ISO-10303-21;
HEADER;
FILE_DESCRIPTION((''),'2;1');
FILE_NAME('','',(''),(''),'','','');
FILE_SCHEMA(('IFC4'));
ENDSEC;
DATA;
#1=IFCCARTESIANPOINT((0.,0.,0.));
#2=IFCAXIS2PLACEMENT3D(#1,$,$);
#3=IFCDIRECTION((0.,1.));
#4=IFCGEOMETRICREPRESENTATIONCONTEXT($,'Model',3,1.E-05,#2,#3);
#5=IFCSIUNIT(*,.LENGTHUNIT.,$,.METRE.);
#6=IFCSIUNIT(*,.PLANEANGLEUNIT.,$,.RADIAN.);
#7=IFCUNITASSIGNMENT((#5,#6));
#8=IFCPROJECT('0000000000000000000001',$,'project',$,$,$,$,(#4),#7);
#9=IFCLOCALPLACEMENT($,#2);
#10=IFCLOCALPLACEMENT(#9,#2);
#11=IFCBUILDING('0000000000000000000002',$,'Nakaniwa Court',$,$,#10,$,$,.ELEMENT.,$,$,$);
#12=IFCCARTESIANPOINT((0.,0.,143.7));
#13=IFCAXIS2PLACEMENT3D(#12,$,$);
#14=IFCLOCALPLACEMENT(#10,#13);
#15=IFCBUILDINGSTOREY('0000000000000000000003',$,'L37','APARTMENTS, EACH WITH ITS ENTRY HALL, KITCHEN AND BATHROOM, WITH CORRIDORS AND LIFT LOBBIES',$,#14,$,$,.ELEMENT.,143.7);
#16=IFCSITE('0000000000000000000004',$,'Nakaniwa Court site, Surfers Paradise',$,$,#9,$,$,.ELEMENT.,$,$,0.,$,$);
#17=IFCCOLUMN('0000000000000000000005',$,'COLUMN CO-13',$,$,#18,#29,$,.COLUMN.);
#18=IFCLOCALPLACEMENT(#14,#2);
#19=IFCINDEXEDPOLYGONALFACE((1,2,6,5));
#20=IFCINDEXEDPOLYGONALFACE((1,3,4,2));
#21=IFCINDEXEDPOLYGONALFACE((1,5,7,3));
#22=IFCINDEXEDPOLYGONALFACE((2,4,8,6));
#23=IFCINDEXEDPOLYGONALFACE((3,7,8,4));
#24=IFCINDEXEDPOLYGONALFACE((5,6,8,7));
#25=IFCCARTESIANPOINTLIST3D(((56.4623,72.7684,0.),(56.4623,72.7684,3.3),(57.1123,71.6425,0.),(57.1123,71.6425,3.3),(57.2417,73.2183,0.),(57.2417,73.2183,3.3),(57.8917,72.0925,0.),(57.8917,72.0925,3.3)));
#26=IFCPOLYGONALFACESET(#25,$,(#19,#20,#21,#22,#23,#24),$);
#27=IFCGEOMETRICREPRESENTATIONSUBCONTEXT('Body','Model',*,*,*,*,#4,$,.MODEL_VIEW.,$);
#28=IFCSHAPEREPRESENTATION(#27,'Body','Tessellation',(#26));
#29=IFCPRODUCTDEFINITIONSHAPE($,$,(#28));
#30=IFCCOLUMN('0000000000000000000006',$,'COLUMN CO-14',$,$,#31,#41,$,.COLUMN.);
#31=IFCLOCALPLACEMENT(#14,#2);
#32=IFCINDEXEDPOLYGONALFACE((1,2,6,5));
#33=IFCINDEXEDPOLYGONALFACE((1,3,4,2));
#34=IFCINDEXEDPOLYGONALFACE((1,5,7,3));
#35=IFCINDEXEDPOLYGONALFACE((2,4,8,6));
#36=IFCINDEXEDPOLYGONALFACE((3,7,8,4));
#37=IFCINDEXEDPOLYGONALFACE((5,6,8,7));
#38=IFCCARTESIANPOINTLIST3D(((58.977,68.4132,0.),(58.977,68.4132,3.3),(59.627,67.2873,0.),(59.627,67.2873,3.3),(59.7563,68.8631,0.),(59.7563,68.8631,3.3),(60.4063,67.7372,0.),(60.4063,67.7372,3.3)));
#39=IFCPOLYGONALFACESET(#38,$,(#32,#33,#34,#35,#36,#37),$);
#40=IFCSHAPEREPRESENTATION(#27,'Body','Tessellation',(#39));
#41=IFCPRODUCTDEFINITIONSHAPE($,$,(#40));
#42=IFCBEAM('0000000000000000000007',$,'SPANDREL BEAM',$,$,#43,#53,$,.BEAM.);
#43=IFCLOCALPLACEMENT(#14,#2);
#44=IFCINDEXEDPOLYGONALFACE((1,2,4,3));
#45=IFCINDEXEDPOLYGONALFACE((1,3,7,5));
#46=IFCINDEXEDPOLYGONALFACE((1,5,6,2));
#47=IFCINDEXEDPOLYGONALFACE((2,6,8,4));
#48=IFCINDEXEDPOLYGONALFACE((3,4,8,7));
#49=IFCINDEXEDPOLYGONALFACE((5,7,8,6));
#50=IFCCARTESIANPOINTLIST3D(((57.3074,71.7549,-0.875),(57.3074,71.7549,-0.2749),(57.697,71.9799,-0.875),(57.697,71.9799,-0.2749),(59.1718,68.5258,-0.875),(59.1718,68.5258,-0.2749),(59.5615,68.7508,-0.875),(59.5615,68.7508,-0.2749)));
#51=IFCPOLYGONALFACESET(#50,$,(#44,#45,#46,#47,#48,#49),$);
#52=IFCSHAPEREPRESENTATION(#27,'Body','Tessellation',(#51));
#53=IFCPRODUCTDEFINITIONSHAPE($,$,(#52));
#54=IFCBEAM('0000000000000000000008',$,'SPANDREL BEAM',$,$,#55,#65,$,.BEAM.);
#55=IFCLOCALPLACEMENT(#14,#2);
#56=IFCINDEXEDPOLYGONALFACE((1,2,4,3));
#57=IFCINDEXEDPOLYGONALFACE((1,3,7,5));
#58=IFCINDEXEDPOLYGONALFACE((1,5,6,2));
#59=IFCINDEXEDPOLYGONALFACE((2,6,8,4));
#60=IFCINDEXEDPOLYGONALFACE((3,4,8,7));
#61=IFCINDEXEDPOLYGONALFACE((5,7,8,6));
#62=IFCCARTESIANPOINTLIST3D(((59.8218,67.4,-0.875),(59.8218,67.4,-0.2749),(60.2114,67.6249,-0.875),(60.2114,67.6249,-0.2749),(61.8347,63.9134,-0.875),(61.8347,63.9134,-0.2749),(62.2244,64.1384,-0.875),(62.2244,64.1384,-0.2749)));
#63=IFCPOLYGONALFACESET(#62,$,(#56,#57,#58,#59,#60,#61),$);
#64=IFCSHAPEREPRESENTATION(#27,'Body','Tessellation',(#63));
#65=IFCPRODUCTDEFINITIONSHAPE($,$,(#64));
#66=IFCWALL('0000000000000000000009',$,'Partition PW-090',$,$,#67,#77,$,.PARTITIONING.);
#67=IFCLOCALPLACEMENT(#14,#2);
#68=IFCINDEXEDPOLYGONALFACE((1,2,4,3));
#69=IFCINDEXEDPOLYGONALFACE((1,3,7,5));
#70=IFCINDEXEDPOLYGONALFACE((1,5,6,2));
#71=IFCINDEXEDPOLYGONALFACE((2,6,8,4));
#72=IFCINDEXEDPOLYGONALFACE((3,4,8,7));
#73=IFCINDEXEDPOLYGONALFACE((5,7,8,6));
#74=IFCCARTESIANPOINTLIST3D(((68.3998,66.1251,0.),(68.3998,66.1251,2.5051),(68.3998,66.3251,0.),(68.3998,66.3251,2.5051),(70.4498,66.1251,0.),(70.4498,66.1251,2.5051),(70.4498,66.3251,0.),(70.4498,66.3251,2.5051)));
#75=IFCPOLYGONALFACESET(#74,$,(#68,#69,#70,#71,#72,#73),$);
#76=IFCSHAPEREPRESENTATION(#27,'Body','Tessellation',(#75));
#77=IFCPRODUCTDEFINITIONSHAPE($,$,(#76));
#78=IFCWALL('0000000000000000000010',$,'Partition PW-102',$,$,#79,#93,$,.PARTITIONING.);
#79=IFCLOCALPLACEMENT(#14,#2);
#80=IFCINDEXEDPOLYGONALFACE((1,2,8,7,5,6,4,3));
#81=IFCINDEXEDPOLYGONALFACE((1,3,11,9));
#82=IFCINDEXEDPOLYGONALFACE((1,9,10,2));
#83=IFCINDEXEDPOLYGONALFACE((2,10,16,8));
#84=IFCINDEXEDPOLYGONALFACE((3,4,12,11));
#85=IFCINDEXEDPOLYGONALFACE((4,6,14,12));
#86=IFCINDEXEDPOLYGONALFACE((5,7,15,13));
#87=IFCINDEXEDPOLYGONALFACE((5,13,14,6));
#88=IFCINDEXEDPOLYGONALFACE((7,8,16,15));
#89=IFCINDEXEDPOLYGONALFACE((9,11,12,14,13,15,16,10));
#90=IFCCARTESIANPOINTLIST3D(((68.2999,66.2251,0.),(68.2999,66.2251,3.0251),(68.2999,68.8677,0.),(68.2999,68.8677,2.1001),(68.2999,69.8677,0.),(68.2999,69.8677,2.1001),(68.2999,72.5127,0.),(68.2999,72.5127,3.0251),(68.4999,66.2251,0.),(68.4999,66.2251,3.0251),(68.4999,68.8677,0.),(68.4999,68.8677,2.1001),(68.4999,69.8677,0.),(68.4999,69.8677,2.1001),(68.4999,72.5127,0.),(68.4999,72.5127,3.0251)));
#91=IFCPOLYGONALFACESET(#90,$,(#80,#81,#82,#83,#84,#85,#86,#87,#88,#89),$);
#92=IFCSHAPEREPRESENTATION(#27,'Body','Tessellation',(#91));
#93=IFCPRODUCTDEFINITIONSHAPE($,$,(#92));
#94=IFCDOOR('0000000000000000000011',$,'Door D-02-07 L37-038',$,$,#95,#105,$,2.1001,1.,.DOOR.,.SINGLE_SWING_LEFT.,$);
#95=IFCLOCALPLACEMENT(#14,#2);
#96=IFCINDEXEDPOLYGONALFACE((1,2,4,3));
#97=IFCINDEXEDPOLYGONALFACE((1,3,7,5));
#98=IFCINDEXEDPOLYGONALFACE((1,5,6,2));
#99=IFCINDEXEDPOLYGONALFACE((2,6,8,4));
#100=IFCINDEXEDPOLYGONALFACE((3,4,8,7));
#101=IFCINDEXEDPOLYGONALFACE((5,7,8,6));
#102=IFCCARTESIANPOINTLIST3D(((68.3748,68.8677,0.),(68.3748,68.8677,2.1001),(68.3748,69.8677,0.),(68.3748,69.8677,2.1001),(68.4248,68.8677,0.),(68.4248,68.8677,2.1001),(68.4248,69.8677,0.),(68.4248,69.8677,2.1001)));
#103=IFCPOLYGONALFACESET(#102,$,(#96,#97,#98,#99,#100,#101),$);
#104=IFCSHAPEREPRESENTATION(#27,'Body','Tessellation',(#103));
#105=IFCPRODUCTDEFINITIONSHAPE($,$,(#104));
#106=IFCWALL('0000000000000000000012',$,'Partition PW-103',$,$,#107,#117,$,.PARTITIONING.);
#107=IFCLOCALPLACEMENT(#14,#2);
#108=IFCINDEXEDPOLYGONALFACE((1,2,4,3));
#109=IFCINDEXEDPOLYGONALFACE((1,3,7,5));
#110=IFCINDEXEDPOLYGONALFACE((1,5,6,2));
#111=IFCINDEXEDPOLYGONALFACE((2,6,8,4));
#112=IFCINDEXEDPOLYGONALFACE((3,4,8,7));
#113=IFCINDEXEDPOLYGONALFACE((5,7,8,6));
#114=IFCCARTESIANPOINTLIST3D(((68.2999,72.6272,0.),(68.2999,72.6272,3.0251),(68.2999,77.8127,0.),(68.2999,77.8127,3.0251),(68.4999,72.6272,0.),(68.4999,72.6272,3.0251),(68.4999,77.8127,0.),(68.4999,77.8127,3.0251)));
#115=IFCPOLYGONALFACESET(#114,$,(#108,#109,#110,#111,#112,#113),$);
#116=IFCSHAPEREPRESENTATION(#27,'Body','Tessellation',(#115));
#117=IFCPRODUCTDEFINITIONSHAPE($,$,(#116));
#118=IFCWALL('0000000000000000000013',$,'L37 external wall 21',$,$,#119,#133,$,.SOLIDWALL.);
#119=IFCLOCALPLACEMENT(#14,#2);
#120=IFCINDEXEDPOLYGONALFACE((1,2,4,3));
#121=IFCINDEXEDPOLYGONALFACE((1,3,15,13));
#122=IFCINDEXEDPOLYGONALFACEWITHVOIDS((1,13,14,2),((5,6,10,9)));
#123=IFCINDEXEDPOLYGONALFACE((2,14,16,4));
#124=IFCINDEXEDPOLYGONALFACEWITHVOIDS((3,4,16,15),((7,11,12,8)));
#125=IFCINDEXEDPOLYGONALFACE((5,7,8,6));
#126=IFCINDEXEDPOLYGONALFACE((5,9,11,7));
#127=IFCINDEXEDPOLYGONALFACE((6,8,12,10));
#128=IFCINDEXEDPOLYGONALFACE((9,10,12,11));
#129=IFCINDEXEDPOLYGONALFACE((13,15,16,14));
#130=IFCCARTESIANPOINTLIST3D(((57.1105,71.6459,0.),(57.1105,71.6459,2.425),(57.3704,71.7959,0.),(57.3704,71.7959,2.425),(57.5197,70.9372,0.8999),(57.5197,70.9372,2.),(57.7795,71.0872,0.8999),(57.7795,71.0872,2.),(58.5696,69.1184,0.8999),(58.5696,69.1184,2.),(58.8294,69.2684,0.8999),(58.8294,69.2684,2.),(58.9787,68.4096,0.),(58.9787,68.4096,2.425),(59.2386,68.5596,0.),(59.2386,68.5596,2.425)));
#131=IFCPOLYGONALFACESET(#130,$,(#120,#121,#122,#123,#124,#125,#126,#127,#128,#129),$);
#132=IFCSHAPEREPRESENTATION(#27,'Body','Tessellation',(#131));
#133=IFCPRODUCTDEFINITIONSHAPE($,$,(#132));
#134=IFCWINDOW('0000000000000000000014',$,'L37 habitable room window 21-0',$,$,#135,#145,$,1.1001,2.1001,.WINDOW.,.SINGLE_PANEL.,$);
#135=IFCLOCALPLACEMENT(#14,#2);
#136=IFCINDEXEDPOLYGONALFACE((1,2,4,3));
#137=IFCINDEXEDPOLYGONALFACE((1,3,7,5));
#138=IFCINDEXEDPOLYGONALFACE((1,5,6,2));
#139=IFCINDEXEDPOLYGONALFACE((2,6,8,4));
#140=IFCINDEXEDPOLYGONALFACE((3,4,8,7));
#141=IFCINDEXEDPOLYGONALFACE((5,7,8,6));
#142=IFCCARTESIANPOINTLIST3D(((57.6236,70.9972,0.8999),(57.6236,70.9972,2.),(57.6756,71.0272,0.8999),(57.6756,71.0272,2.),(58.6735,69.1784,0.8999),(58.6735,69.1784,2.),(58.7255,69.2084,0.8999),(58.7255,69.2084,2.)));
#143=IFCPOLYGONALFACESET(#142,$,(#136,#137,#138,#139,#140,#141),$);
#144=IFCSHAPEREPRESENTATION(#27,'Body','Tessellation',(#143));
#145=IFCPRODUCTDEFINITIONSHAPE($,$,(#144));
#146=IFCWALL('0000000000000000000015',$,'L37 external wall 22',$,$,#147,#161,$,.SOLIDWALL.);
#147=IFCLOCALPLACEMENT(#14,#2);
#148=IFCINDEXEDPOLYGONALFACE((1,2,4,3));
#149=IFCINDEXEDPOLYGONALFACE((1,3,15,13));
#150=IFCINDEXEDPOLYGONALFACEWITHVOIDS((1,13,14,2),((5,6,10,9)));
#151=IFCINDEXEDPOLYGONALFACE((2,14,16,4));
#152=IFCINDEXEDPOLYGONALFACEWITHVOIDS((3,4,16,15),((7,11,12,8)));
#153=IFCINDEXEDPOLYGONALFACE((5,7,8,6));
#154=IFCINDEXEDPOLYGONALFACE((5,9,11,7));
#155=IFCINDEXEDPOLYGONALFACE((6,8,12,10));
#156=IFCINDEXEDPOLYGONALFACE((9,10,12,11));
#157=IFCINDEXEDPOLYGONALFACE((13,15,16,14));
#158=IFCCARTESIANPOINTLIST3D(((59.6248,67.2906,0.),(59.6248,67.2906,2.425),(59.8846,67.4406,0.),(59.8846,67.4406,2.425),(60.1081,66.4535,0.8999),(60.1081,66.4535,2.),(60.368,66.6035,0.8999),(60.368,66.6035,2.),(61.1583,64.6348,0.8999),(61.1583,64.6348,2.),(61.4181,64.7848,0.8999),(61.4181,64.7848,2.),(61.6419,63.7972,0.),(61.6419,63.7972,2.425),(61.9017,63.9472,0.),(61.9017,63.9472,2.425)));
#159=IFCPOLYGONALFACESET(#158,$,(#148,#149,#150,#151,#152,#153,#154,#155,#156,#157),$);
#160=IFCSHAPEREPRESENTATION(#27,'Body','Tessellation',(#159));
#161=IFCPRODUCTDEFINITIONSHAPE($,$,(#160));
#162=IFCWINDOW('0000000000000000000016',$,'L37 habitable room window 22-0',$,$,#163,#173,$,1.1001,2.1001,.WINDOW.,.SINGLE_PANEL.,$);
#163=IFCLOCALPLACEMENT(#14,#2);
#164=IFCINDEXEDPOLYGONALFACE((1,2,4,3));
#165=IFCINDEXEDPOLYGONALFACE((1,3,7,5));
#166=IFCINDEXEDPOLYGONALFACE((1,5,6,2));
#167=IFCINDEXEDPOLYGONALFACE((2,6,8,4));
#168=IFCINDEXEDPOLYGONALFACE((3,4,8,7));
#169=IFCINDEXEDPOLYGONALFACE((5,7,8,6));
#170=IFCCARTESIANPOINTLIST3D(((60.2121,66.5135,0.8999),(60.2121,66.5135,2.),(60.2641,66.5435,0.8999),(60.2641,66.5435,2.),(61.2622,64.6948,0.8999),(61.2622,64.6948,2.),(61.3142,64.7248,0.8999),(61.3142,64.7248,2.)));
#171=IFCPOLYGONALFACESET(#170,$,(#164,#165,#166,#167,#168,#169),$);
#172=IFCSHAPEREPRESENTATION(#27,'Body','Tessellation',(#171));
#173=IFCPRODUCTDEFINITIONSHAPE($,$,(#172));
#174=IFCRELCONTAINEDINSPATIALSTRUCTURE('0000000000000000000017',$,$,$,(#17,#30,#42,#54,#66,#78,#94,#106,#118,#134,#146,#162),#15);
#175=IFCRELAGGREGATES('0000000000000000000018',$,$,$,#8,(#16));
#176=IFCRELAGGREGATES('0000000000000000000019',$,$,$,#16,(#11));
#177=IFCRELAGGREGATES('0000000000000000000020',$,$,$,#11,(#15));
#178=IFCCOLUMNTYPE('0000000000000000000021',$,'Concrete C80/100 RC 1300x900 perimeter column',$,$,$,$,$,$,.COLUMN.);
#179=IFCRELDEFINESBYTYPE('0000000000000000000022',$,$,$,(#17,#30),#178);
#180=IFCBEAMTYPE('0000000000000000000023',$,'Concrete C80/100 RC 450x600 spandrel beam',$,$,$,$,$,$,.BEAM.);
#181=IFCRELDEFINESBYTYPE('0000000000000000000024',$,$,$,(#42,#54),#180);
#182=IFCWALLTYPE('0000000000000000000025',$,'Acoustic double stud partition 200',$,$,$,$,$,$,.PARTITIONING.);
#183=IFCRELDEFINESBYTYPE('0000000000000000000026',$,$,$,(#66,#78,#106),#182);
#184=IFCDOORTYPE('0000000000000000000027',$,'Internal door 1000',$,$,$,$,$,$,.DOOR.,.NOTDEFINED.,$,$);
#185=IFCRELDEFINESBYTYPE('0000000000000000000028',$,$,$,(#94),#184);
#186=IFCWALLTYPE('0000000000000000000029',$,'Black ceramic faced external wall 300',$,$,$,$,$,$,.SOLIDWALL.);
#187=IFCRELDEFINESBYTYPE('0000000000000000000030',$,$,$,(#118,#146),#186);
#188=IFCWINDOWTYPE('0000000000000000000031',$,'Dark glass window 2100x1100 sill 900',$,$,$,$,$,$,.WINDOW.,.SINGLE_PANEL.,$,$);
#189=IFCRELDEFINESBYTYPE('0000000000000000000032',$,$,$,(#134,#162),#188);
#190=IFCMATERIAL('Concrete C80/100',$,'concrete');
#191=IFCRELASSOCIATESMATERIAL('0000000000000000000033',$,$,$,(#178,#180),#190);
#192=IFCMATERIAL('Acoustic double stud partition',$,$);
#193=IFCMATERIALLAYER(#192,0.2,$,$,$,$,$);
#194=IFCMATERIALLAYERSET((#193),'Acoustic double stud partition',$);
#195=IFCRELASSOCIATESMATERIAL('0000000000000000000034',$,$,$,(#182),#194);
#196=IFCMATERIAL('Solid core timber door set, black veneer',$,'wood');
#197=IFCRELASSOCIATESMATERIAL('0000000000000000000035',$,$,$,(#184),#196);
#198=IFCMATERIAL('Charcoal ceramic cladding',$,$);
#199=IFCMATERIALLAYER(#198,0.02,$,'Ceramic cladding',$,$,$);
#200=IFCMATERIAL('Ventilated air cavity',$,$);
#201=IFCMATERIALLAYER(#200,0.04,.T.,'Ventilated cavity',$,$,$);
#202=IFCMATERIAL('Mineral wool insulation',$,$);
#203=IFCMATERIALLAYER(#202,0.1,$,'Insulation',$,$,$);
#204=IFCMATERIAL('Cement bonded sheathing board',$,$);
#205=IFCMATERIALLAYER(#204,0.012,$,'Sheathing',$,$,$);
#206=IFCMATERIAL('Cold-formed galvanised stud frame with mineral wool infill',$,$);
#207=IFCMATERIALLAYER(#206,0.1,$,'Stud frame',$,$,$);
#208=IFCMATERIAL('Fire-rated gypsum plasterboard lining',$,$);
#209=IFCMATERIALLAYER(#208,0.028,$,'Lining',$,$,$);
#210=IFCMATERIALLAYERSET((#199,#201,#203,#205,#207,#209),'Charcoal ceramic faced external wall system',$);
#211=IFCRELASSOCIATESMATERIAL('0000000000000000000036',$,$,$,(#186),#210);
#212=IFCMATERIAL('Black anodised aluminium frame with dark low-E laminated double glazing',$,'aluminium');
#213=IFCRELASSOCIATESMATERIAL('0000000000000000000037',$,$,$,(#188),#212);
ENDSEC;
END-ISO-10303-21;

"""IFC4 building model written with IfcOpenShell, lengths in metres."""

from ifc_helpers import new_model, si_unit, direction, frame, frame_2d, origin, origin_2d, place, context, subcontext, project, spatial, rectangle, extrude, material, layer, layer_set, material_profile, profile_set, type_object, element, fill, save


model = new_model("IFC4")

# Units and contexts
model_context = context("Model", 3, precision=1e-05, world=origin(), true_north=direction((0.0, 1.0)))
body_context = subcontext(model_context, "Body", "Model", "MODEL_VIEW")
ifc_project = project(units=[si_unit("LENGTHUNIT", "METRE"), si_unit("PLANEANGLEUNIT", "RADIAN")], contexts=[model_context])

# Site, building, storey
site_placement = place(None, origin())
site = spatial("IfcSite", under=ifc_project, at=site_placement, Name="Nakaniwa Court site, Surfers Paradise", CompositionType="ELEMENT", RefElevation=0.0)
building_placement = place(site_placement, origin())
building = spatial("IfcBuilding", under=site, at=building_placement, Name="Nakaniwa Court", CompositionType="ELEMENT")
storey_placement = place(building_placement, frame((0.0, 0.0, 143.7)))
storey = spatial("IfcBuildingStorey", under=building, at=storey_placement, Name="L37", Description="APARTMENTS, EACH WITH ITS ENTRY HALL, KITCHEN AND BATHROOM, WITH CORRIDORS AND LIFT LOBBIES", CompositionType="ELEMENT", Elevation=143.7)

# Columns
ifc_material_1 = material(Name="Concrete C80/100", Category="concrete")
ifc_material_profile_1 = material_profile(ifc_material_1, rectangle(XDim=1.3, YDim=0.8999, at=origin_2d()), Name="Concrete C80/100 RC 1300x900 perimeter column")
ifc_profile_set_1 = profile_set([ifc_material_profile_1], Name="Concrete C80/100")
column_type = type_object("IfcColumnType", Name="Concrete C80/100 RC 1300x900 perimeter column", PredefinedType="COLUMN", material=ifc_profile_set_1)
for number, where, z_axis, x_axis, name in (
    (1, (57.177, 72.4304, 0.0), (0.0, 0.0, 1.0), (0.5, -0.866025, 0.0), "COLUMN CO-13"),
    (2, (59.6917, 68.0752, 0.0), (0.0, 0.0, 1.0), (0.5, -0.866025, 0.0), "COLUMN CO-14"),
):
    element("IfcColumn", number, at=place(storey_placement, frame(where, z_axis=z_axis, x_axis=x_axis)), inside=storey, type_object=column_type, Name=name, PredefinedType="COLUMN", context=body_context, shape_type="SweptSolid", body=[
        extrude(rectangle(XDim=1.3, YDim=0.8999, at=origin_2d()), origin(), (0.0, 0.0, 1.0), 3.3),
    ])

# Beams
ifc_material_profile_2 = material_profile(ifc_material_1, rectangle(XDim=0.45, YDim=0.6001, at=origin_2d()), Name="Concrete C80/100 RC 450x600 spandrel beam")
ifc_profile_set_2 = profile_set([ifc_material_profile_2], Name="Concrete C80/100")
beam_type = type_object("IfcBeamType", Name="Concrete C80/100 RC 450x600 spandrel beam", PredefinedType="BEAM", material=ifc_profile_set_2)
beam_1_placement = place(storey_placement, frame((57.5022, 71.8674, -0.575), z_axis=(0.500019, -0.866014, 0.0), x_axis=(0.866014, 0.500019, 0.0)))
element("IfcBeam", 3, at=beam_1_placement, inside=storey, type_object=beam_type, Name="SPANDREL BEAM", PredefinedType="BEAM", context=body_context, shape_type="SweptSolid", body=[
    extrude(rectangle(XDim=0.45, YDim=0.6001, at=origin_2d()), origin(), (0.0, 0.0, 1.0), 3.7288),
])
beam_2_placement = place(storey_placement, frame((60.0166, 67.5125, -0.575), z_axis=(0.499994, -0.866029, 0.0), x_axis=(0.866029, 0.499994, 0.0)))
element("IfcBeam", 4, at=beam_2_placement, inside=storey, type_object=beam_type, Name="SPANDREL BEAM", PredefinedType="BEAM", context=body_context, shape_type="SweptSolid", body=[
    extrude(rectangle(XDim=0.45, YDim=0.6001, at=origin_2d()), origin(), (0.0, 0.0, 1.0), 4.0259),
])

# Wall
ifc_material_2 = material(Name="Acoustic double stud partition")
ifc_layer_1 = layer(ifc_material_2, 0.2)
ifc_layer_set_1 = layer_set([ifc_layer_1], Name="Acoustic double stud partition")
wall_type_1 = type_object("IfcWallType", Name="Acoustic double stud partition 200", PredefinedType="PARTITIONING", material=ifc_layer_set_1)
wall_1_placement = place(storey_placement, frame((68.3999, 66.2251, 0.0), z_axis=(0.0, 0.0, 1.0), x_axis=(1.0, 0.0, 0.0)))
element("IfcWall", 5, at=wall_1_placement, inside=storey, type_object=wall_type_1, Name="Partition PW-090", PredefinedType="PARTITIONING", context=body_context, shape_type="SweptSolid", body=[
    extrude(rectangle(XDim=2.05, YDim=0.2, at=frame_2d((1.0249, 0.0))), origin(), (0.0, 0.0, 1.0), 2.5051),
])

# Wall, opening, door
wall_2_placement = place(storey_placement, frame((68.3999, 72.5127, 0.0), z_axis=(0.0, 0.0, 1.0), x_axis=(0.0, -1.0, 0.0)))
wall_2 = element("IfcWall", 6, at=wall_2_placement, inside=storey, type_object=wall_type_1, Name="Partition PW-102", PredefinedType="PARTITIONING", context=body_context, shape_type="SweptSolid", body=[
    extrude(rectangle(XDim=6.2876, YDim=0.2, at=frame_2d((3.1438, 0.0))), origin(), (0.0, 0.0, 1.0), 3.0251),
])
opening_1_placement = place(wall_2_placement, frame((2.645, 0.0, 0.0)))
opening_1 = element("IfcOpeningElement", 7, at=opening_1_placement, cuts=wall_2, PredefinedType="OPENING", context=body_context, shape_type="SweptSolid", body=[
    extrude(rectangle(XDim=1.0, YDim=2.1001, at=frame_2d((0.5, 1.05))), frame((0.0, 0.1099, 0.0), z_axis=(0.0, -1.0, 0.0), x_axis=(1.0, 0.0, 0.0)), (0.0, 0.0, 1.0), 0.22),
])
ifc_material_3 = material(Name="Solid core timber door set, black veneer", Category="wood")
door_type_1 = type_object("IfcDoorType", Name="Internal door 1000", OperationType="NOTDEFINED", PredefinedType="DOOR", material=ifc_material_3)
door_1_placement = place(opening_1_placement, origin())
door_1 = element("IfcDoor", 8, at=door_1_placement, inside=storey, type_object=door_type_1, Name="Door D-02-07 L37-038", OperationType="SINGLE_SWING_LEFT", OverallHeight=2.1001, OverallWidth=1.0, PredefinedType="DOOR", context=body_context, shape_type="SweptSolid", body=[
    extrude(rectangle(XDim=1.0, YDim=2.1001, at=frame_2d((0.5, 1.05))), frame((0.0, 0.0249, 0.0), z_axis=(0.0, -1.0, 0.0), x_axis=(1.0, 0.0, 0.0)), (0.0, 0.0, 1.0), 0.05),
])
fill(opening_1, door_1)

# Wall
wall_3_placement = place(storey_placement, frame((68.3999, 72.6272, 0.0), z_axis=(0.0, 0.0, 1.0), x_axis=(0.0, 1.0, 0.0)))
element("IfcWall", 9, at=wall_3_placement, inside=storey, type_object=wall_type_1, Name="Partition PW-103", PredefinedType="PARTITIONING", context=body_context, shape_type="SweptSolid", body=[
    extrude(rectangle(XDim=5.1855, YDim=0.2, at=frame_2d((2.5928, 0.0))), origin(), (0.0, 0.0, 1.0), 3.0251),
])

# Walls, openings, windows
ifc_material_4 = material(Name="Charcoal ceramic cladding")
ifc_layer_2 = layer(ifc_material_4, 0.02, Name="Ceramic cladding")
ifc_material_5 = material(Name="Ventilated air cavity")
ifc_layer_3 = layer(ifc_material_5, 0.04, ventilated=True, Name="Ventilated cavity")
ifc_material_6 = material(Name="Mineral wool insulation")
ifc_layer_4 = layer(ifc_material_6, 0.1, Name="Insulation")
ifc_material_7 = material(Name="Cement bonded sheathing board")
ifc_layer_5 = layer(ifc_material_7, 0.012, Name="Sheathing")
ifc_material_8 = material(Name="Cold-formed galvanised stud frame with mineral wool infill")
ifc_layer_6 = layer(ifc_material_8, 0.1, Name="Stud frame")
ifc_material_9 = material(Name="Fire-rated gypsum plasterboard lining")
ifc_layer_7 = layer(ifc_material_9, 0.028, Name="Lining")
ifc_layer_set_2 = layer_set([ifc_layer_2, ifc_layer_3, ifc_layer_4, ifc_layer_5, ifc_layer_6, ifc_layer_7], Name="Charcoal ceramic faced external wall system")
wall_type_2 = type_object("IfcWallType", Name="Black ceramic faced external wall 300", PredefinedType="SOLIDWALL", material=ifc_layer_set_2)
wall_4_placement = place(storey_placement, frame((57.2405, 71.7209, 0.0), z_axis=(0.0, 0.0, 1.0), x_axis=(0.499934, -0.866064, 0.0)))
wall_4 = element("IfcWall", 10, at=wall_4_placement, inside=storey, type_object=wall_type_2, Name="L37 external wall 21", PredefinedType="SOLIDWALL", context=body_context, shape_type="SweptSolid", body=[
    extrude(rectangle(XDim=3.7368, YDim=0.3, at=frame_2d((1.8684, 0.0))), origin(), (0.0, 0.0, 1.0), 2.425),
])
opening_2_placement = place(wall_4_placement, frame((0.8184, 0.0, 0.8999)))
opening_2 = element("IfcOpeningElement", 11, at=opening_2_placement, cuts=wall_4, PredefinedType="OPENING", context=body_context, shape_type="SweptSolid", body=[
    extrude(rectangle(XDim=2.1001, YDim=1.1001, at=frame_2d((1.05, 0.55))), frame((0.0, 0.1599, 0.0), z_axis=(0.0, -1.0, 0.0), x_axis=(1.0, 0.0, 0.0)), (0.0, 0.0, 1.0), 0.3201),
])
ifc_material_10 = material(Name="Black anodised aluminium frame with dark low-E laminated double glazing", Category="aluminium")
window_type = type_object("IfcWindowType", Name="Dark glass window 2100x1100 sill 900", PartitioningType="SINGLE_PANEL", PredefinedType="WINDOW", material=ifc_material_10)
window_1_placement = place(opening_2_placement, origin())
window_1 = element("IfcWindow", 12, at=window_1_placement, inside=storey, type_object=window_type, Name="L37 habitable room window 21-0", OverallHeight=1.1001, OverallWidth=2.1001, PartitioningType="SINGLE_PANEL", PredefinedType="WINDOW", context=body_context, shape_type="SweptSolid", body=[
    extrude(rectangle(XDim=2.1001, YDim=1.1001, at=frame_2d((1.05, 0.55))), frame((0.0, 0.03, 0.0), z_axis=(0.0, -1.0, 0.0), x_axis=(1.0, 0.0, 0.0)), (0.0, 0.0, 1.0), 0.0601),
])
fill(opening_2, window_1)
wall_5_placement = place(storey_placement, frame((59.7546, 67.3657, 0.0), z_axis=(0.0, 0.0, 1.0), x_axis=(0.500032, -0.866007, 0.0)))
wall_5 = element("IfcWall", 13, at=wall_5_placement, inside=storey, type_object=wall_type_2, Name="L37 external wall 22", PredefinedType="SOLIDWALL", context=body_context, shape_type="SweptSolid", body=[
    extrude(rectangle(XDim=4.0339, YDim=0.3, at=frame_2d((2.0171, 0.0))), origin(), (0.0, 0.0, 1.0), 2.425),
])
opening_3_placement = place(wall_5_placement, frame((0.9668, 0.0, 0.8999)))
opening_3 = element("IfcOpeningElement", 14, at=opening_3_placement, cuts=wall_5, PredefinedType="OPENING", context=body_context, shape_type="SweptSolid", body=[
    extrude(rectangle(XDim=2.1001, YDim=1.1001, at=frame_2d((1.05, 0.55))), frame((0.0, 0.1599, 0.0), z_axis=(0.0, -1.0, 0.0), x_axis=(1.0, 0.0, 0.0)), (0.0, 0.0, 1.0), 0.3201),
])
window_2_placement = place(opening_3_placement, origin())
window_2 = element("IfcWindow", 15, at=window_2_placement, inside=storey, type_object=window_type, Name="L37 habitable room window 22-0", OverallHeight=1.1001, OverallWidth=2.1001, PartitioningType="SINGLE_PANEL", PredefinedType="WINDOW", context=body_context, shape_type="SweptSolid", body=[
    extrude(rectangle(XDim=2.1001, YDim=1.1001, at=frame_2d((1.05, 0.55))), frame((0.0, 0.03, 0.0), z_axis=(0.0, -1.0, 0.0), x_axis=(1.0, 0.0, 0.0)), (0.0, 0.0, 1.0), 0.0601),
])
fill(opening_3, window_2)

save(model, "model.ifc")
